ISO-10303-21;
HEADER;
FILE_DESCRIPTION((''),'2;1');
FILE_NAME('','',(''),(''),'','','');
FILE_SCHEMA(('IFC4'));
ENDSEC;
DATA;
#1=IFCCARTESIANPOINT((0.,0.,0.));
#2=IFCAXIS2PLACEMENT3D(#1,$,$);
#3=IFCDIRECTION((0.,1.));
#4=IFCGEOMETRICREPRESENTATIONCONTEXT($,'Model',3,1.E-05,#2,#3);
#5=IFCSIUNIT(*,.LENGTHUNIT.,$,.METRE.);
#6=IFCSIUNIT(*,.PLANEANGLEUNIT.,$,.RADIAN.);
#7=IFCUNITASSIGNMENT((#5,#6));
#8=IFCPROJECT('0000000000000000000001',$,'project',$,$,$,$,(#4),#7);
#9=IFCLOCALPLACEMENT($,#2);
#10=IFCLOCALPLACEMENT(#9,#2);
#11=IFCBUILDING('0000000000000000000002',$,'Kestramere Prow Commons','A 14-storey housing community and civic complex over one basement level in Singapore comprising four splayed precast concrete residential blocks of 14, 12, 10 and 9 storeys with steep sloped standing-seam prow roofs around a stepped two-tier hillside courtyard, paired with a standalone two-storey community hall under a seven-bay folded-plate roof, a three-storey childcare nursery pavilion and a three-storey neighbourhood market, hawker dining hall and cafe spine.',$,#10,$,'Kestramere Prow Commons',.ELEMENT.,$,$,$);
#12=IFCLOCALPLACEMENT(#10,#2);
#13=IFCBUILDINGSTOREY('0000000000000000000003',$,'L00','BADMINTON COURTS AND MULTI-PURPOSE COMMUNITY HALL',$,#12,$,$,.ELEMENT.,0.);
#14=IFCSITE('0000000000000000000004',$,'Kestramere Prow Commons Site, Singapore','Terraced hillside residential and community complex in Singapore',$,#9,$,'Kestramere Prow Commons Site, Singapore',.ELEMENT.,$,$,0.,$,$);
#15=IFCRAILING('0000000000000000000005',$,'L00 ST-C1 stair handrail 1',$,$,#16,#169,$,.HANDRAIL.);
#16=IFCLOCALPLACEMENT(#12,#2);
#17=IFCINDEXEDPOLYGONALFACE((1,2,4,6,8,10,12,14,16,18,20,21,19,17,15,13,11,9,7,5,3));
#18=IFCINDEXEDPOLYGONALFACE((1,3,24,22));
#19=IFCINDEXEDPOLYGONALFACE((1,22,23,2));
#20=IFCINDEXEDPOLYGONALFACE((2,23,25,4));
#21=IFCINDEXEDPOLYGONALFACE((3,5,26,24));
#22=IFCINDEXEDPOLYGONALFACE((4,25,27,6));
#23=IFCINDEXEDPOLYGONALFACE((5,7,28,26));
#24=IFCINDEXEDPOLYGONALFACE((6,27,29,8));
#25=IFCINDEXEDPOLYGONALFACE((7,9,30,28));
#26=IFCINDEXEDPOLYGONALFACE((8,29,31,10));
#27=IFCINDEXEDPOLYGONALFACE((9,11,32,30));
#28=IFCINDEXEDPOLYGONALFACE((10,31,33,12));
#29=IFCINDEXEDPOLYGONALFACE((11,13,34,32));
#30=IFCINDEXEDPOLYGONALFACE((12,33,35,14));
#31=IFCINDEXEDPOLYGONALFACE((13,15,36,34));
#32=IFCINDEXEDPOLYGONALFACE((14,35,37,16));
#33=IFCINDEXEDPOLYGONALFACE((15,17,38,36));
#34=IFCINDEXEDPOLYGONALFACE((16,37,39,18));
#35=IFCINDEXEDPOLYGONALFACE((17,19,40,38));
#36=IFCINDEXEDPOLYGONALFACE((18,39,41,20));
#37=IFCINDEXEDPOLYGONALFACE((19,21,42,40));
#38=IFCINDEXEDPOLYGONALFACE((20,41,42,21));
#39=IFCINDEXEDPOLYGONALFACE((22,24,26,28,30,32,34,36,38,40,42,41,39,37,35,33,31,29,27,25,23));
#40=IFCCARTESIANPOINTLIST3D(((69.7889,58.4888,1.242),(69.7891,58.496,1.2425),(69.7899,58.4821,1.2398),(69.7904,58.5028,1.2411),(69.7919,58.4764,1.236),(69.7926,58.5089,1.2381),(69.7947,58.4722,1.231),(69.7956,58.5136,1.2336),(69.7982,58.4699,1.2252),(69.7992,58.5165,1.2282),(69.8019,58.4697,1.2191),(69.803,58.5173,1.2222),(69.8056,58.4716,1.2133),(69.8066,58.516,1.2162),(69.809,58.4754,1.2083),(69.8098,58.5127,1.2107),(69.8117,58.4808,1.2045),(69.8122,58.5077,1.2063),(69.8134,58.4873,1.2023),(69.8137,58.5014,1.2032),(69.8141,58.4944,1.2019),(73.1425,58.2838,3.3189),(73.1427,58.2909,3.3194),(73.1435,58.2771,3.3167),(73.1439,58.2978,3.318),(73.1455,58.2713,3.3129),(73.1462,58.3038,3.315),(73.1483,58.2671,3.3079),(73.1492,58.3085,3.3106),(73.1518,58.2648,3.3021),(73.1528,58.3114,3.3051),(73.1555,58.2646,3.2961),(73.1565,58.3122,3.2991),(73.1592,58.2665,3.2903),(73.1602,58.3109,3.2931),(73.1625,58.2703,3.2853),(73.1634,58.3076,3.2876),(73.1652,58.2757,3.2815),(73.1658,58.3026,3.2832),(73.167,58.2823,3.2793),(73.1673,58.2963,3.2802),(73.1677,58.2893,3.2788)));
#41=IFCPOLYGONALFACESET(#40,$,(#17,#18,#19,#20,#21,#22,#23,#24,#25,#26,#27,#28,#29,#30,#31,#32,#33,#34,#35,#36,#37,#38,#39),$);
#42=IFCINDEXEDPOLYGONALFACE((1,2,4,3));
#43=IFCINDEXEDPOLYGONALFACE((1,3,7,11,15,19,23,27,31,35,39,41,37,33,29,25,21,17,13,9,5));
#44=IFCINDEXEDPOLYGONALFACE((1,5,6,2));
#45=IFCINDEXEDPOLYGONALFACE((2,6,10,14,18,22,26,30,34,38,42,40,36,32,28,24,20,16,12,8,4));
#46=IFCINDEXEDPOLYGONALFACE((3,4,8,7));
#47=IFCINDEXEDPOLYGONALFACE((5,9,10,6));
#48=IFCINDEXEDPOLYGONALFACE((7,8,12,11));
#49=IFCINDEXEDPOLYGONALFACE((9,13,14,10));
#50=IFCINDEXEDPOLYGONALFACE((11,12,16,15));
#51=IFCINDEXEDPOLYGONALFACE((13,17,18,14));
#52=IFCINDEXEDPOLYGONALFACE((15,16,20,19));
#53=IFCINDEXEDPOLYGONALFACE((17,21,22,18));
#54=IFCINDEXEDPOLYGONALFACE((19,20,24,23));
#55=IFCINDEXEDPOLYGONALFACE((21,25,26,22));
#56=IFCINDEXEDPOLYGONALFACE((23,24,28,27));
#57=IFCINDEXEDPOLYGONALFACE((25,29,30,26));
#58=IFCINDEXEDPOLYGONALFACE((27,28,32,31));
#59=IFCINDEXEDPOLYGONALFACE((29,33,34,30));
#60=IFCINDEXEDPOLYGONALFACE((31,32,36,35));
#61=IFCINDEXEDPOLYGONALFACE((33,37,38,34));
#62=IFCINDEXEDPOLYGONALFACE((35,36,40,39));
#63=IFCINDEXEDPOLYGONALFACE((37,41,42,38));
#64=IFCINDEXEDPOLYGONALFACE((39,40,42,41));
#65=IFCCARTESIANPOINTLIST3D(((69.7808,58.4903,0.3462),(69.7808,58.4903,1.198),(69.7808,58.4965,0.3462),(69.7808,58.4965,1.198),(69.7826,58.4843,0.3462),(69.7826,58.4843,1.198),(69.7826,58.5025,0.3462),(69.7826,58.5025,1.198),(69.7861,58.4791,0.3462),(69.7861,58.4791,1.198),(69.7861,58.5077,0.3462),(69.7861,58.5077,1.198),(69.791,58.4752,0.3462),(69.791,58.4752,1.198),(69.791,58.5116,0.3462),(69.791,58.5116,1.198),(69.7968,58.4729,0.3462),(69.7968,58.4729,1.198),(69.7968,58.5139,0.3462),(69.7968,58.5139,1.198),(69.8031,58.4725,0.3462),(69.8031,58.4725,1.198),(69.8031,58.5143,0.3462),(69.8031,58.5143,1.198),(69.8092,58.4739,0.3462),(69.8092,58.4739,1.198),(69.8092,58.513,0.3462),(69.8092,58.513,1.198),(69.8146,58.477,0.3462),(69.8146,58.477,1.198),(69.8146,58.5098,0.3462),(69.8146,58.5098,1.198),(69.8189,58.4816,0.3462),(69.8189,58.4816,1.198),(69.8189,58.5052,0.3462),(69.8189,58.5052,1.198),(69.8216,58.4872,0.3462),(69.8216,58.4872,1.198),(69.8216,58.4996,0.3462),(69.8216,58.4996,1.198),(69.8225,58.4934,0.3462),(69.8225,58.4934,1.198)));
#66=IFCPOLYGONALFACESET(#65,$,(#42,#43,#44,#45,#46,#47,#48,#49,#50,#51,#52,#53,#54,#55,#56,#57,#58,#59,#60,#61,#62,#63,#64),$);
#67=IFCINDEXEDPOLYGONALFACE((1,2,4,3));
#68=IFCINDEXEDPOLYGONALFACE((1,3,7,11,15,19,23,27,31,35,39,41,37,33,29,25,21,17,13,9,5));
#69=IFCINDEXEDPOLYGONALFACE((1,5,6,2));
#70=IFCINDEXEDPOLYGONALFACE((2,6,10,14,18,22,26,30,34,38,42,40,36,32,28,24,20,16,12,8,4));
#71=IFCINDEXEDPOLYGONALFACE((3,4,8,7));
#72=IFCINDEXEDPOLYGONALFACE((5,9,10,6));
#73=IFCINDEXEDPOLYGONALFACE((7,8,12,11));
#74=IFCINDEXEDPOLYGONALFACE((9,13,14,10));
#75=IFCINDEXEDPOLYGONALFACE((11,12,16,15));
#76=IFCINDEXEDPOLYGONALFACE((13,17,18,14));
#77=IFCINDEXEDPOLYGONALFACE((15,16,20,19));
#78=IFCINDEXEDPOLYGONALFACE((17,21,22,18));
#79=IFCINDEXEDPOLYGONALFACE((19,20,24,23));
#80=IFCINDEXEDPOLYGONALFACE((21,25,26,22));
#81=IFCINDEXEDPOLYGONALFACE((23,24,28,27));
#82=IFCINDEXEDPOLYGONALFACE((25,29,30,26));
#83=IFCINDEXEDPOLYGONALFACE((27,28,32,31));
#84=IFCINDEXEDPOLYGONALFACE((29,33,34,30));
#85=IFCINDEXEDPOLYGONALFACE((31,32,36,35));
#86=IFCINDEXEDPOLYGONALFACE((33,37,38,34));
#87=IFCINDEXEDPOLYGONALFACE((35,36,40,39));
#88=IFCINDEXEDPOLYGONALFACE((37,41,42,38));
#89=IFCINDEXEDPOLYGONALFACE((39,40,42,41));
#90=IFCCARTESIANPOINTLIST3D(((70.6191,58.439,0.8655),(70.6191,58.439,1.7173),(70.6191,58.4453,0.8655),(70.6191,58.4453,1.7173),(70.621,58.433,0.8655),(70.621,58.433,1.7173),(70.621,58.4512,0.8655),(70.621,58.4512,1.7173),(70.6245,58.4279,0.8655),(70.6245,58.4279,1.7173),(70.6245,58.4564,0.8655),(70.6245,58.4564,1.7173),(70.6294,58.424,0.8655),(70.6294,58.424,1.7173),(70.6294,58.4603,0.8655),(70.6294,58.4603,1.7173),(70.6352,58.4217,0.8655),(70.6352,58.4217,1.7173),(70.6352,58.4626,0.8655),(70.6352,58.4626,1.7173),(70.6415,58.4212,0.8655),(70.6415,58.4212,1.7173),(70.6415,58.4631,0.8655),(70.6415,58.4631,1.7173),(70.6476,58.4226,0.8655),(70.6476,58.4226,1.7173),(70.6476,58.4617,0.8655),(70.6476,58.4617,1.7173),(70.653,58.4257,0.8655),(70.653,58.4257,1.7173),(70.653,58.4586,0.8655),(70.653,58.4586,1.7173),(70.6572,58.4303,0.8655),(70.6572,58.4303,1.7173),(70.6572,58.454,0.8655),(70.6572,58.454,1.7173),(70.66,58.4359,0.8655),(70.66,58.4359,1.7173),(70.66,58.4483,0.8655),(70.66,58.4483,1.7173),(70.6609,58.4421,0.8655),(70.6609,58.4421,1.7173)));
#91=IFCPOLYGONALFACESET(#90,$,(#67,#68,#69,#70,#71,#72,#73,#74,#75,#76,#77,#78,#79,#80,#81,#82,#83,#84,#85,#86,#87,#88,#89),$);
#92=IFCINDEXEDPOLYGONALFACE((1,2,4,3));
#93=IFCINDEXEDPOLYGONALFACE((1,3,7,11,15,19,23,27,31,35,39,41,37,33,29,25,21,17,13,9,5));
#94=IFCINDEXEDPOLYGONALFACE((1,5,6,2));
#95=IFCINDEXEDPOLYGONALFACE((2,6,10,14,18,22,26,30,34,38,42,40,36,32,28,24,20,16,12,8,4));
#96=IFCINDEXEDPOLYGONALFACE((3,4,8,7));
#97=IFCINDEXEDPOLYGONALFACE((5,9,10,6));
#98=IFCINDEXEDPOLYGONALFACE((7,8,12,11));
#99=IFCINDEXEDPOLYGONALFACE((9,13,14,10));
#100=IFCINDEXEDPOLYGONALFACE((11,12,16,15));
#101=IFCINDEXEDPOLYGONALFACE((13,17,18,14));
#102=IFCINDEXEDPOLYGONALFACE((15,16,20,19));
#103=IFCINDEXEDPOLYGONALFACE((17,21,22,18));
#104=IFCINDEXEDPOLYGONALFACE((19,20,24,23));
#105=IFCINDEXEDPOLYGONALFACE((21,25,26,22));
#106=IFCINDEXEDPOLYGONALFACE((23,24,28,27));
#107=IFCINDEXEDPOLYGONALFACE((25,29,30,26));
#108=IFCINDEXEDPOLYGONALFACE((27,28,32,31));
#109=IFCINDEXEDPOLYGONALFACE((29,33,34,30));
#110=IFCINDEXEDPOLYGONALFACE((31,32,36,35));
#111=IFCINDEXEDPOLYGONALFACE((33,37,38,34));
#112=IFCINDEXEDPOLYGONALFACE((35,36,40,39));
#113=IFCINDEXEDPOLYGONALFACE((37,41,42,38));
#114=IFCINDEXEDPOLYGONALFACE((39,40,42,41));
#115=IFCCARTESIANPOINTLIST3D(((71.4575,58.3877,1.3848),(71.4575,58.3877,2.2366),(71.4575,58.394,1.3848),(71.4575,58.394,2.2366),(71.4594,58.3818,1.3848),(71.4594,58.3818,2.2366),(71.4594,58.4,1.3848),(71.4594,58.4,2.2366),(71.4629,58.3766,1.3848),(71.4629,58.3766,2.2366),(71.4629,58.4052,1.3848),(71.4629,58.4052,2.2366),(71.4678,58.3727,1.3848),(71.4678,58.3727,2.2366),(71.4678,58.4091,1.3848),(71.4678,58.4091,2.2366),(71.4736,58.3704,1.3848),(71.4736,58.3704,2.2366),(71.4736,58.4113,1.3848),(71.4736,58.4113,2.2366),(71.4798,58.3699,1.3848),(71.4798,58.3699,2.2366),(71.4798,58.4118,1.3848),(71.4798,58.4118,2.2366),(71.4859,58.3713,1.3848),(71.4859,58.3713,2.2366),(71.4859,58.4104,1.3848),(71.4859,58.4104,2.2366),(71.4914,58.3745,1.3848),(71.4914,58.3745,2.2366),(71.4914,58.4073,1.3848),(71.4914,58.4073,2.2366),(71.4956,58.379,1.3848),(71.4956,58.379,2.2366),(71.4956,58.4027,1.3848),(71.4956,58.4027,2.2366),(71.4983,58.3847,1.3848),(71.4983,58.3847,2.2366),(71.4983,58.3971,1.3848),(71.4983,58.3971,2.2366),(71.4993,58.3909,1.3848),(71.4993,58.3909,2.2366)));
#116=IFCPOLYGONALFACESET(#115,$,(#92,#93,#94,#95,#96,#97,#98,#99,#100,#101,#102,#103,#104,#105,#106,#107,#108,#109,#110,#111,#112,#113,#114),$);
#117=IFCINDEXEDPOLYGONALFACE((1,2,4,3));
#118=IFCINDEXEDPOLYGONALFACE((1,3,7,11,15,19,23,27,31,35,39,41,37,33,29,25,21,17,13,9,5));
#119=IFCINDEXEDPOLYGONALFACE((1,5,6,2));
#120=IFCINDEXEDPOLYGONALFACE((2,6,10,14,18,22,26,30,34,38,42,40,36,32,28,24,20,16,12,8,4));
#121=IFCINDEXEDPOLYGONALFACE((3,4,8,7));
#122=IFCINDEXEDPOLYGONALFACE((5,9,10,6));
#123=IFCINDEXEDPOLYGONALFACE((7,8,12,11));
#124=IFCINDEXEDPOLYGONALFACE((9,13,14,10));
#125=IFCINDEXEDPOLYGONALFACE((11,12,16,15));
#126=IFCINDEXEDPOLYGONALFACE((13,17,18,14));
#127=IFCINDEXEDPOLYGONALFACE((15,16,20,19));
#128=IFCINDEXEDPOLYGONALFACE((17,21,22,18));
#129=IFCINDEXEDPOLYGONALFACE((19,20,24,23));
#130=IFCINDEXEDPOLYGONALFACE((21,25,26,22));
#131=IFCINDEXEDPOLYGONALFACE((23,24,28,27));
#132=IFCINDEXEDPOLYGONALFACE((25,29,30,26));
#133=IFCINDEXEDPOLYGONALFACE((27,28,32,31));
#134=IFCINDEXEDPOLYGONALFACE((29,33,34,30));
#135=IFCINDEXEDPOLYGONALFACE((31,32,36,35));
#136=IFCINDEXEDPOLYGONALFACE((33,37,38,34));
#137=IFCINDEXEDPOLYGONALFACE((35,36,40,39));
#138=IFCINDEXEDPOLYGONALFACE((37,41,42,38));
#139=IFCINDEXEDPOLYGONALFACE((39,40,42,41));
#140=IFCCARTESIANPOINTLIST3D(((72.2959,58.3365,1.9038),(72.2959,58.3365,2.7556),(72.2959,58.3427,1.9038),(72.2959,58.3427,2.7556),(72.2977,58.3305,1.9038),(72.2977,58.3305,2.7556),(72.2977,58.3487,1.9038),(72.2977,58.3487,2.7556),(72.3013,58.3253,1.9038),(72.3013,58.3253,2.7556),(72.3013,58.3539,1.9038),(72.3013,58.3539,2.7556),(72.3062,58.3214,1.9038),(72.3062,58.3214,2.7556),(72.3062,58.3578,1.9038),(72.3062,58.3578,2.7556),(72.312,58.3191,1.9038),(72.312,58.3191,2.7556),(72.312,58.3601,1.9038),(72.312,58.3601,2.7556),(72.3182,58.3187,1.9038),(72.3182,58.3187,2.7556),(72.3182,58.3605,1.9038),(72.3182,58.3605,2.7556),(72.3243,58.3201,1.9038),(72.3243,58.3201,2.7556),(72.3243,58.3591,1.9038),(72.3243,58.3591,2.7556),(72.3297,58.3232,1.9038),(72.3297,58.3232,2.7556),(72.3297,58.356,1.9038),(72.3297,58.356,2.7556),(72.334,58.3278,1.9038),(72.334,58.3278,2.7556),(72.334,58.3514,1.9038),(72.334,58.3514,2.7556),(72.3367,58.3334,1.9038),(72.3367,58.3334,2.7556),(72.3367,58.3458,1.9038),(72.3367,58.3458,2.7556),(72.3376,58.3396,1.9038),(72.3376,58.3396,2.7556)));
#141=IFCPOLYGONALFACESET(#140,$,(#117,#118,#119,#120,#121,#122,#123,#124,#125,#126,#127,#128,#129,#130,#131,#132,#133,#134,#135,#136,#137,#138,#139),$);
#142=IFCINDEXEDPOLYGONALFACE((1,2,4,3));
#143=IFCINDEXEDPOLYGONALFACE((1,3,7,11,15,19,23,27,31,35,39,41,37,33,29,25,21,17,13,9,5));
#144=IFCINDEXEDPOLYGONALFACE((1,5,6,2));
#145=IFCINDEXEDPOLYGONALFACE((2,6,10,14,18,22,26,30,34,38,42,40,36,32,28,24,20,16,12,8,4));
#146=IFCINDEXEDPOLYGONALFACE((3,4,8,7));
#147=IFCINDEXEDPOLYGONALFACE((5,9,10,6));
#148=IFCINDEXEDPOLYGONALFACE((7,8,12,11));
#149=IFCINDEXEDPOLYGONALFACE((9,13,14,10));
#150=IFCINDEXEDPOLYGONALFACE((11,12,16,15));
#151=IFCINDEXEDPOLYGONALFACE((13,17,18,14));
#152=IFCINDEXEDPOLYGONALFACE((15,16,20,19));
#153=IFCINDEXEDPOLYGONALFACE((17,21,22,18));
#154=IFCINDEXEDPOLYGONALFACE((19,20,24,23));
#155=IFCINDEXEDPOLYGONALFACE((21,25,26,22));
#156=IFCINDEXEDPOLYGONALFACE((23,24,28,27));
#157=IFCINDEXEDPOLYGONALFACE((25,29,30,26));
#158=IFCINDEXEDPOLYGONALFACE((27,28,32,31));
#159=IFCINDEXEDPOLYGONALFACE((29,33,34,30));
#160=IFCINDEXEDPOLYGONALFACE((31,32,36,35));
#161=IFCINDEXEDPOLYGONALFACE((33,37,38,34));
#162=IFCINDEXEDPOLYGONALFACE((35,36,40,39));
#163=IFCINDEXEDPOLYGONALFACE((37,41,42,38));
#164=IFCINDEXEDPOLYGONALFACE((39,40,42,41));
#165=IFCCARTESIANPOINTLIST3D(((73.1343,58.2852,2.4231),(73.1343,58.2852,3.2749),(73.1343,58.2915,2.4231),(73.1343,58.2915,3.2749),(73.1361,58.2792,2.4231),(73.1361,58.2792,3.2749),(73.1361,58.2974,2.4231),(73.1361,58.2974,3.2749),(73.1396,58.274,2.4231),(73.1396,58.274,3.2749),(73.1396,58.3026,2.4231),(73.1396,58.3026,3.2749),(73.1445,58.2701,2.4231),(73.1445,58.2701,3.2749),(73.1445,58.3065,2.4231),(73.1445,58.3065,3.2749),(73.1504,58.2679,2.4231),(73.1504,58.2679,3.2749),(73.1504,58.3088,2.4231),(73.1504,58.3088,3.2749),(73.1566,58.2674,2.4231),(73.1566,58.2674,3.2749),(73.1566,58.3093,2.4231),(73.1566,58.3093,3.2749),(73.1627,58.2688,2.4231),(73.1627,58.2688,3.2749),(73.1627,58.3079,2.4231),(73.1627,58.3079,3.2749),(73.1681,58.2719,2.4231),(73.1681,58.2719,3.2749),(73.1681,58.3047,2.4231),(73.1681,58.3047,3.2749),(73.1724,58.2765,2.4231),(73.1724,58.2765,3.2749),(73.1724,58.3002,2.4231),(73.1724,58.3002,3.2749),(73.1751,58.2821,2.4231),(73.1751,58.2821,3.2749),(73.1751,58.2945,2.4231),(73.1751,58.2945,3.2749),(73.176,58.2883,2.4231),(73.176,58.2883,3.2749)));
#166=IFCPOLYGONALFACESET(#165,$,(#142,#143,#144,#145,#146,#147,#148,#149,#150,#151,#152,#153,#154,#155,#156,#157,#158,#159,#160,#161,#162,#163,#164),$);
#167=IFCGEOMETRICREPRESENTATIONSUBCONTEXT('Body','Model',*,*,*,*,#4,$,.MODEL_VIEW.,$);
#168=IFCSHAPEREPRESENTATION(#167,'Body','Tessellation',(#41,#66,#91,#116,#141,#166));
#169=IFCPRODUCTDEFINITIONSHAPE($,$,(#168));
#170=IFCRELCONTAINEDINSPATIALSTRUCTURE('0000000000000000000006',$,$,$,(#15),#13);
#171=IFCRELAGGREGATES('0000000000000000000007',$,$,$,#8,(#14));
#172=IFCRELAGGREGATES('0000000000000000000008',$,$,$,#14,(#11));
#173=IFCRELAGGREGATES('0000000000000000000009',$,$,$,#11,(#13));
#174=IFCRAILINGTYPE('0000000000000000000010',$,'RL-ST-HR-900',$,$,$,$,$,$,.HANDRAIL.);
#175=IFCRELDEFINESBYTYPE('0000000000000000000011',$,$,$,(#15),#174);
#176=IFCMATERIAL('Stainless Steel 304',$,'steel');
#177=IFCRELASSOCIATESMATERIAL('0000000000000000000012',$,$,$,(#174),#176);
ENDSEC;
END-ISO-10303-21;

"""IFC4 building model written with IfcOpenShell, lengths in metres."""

from ifc_helpers import new_model, si_unit, direction, frame, origin, origin_2d, place, context, subcontext, project, spatial, circle, extrude, material, type_object, element, save


model = new_model("IFC4")

# Units and contexts
model_context = context("Model", 3, precision=1e-05, world=origin(), true_north=direction((0.0, 1.0)))
body_context = subcontext(model_context, "Body", "Model", "MODEL_VIEW")
ifc_project = project(units=[si_unit("LENGTHUNIT", "METRE"), si_unit("PLANEANGLEUNIT", "RADIAN")], contexts=[model_context])

# Site, building, storey
site_placement = place(None, origin())
site = spatial("IfcSite", under=ifc_project, at=site_placement, Name="Kestramere Prow Commons Site, Singapore", Description="Terraced hillside residential and community complex in Singapore", LongName="Kestramere Prow Commons Site, Singapore", CompositionType="ELEMENT", RefElevation=0.0)
building_placement = place(site_placement, origin())
building = spatial("IfcBuilding", under=site, at=building_placement, Name="Kestramere Prow Commons", Description="A 14-storey housing community and civic complex over one basement level in Singapore comprising four splayed precast concrete residential blocks of 14, 12, 10 and 9 storeys with steep sloped standing-seam prow roofs around a stepped two-tier hillside courtyard, paired with a standalone two-storey community hall under a seven-bay folded-plate roof, a three-storey childcare nursery pavilion and a three-storey neighbourhood market, hawker dining hall and cafe spine.", LongName="Kestramere Prow Commons", CompositionType="ELEMENT")
storey_placement = place(building_placement, origin())
storey = spatial("IfcBuildingStorey", under=building, at=storey_placement, Name="L00", Description="BADMINTON COURTS AND MULTI-PURPOSE COMMUNITY HALL", CompositionType="ELEMENT", Elevation=0.0)

# Railing
ifc_material_1 = material(Name="Stainless Steel 304", Category="steel")
railing_type_1 = type_object("IfcRailingType", Name="RL-ST-HR-900", PredefinedType="HANDRAIL", material=ifc_material_1)
railing_1_placement = place(storey_placement, frame((69.8015, 58.4934, 0.3462)))
element("IfcRailing", 1, at=railing_1_placement, inside=storey, type_object=railing_type_1, Name="L00 ST-C1 stair handrail 1", PredefinedType="HANDRAIL", context=body_context, shape_type="SweptSolid", body=[
    extrude(circle(Radius=0.0239, at=origin_2d()), frame((0.0, 0.0, 0.876), z_axis=(0.849014, -0.05192, 0.525813), x_axis=(0.061039, 0.998135, 0.0)), (0.0, 0.0, 1.0), 3.95),
    extrude(circle(Radius=0.021, at=origin_2d()), origin(), (0.0, 0.0, 1.0), 0.8518),
    extrude(circle(Radius=0.021, at=origin_2d()), frame((0.8384, -0.0513, 0.5193)), (0.0, 0.0, 1.0), 0.8518),
    extrude(circle(Radius=0.021, at=origin_2d()), frame((1.6768, -0.1025, 1.0386)), (0.0, 0.0, 1.0), 0.8518),
    extrude(circle(Radius=0.021, at=origin_2d()), frame((2.5151, -0.1538, 1.5576)), (0.0, 0.0, 1.0), 0.8518),
    extrude(circle(Radius=0.021, at=origin_2d()), frame((3.3535, -0.2051, 2.0769)), (0.0, 0.0, 1.0), 0.8518),
])

save(model, "model.ifc")
